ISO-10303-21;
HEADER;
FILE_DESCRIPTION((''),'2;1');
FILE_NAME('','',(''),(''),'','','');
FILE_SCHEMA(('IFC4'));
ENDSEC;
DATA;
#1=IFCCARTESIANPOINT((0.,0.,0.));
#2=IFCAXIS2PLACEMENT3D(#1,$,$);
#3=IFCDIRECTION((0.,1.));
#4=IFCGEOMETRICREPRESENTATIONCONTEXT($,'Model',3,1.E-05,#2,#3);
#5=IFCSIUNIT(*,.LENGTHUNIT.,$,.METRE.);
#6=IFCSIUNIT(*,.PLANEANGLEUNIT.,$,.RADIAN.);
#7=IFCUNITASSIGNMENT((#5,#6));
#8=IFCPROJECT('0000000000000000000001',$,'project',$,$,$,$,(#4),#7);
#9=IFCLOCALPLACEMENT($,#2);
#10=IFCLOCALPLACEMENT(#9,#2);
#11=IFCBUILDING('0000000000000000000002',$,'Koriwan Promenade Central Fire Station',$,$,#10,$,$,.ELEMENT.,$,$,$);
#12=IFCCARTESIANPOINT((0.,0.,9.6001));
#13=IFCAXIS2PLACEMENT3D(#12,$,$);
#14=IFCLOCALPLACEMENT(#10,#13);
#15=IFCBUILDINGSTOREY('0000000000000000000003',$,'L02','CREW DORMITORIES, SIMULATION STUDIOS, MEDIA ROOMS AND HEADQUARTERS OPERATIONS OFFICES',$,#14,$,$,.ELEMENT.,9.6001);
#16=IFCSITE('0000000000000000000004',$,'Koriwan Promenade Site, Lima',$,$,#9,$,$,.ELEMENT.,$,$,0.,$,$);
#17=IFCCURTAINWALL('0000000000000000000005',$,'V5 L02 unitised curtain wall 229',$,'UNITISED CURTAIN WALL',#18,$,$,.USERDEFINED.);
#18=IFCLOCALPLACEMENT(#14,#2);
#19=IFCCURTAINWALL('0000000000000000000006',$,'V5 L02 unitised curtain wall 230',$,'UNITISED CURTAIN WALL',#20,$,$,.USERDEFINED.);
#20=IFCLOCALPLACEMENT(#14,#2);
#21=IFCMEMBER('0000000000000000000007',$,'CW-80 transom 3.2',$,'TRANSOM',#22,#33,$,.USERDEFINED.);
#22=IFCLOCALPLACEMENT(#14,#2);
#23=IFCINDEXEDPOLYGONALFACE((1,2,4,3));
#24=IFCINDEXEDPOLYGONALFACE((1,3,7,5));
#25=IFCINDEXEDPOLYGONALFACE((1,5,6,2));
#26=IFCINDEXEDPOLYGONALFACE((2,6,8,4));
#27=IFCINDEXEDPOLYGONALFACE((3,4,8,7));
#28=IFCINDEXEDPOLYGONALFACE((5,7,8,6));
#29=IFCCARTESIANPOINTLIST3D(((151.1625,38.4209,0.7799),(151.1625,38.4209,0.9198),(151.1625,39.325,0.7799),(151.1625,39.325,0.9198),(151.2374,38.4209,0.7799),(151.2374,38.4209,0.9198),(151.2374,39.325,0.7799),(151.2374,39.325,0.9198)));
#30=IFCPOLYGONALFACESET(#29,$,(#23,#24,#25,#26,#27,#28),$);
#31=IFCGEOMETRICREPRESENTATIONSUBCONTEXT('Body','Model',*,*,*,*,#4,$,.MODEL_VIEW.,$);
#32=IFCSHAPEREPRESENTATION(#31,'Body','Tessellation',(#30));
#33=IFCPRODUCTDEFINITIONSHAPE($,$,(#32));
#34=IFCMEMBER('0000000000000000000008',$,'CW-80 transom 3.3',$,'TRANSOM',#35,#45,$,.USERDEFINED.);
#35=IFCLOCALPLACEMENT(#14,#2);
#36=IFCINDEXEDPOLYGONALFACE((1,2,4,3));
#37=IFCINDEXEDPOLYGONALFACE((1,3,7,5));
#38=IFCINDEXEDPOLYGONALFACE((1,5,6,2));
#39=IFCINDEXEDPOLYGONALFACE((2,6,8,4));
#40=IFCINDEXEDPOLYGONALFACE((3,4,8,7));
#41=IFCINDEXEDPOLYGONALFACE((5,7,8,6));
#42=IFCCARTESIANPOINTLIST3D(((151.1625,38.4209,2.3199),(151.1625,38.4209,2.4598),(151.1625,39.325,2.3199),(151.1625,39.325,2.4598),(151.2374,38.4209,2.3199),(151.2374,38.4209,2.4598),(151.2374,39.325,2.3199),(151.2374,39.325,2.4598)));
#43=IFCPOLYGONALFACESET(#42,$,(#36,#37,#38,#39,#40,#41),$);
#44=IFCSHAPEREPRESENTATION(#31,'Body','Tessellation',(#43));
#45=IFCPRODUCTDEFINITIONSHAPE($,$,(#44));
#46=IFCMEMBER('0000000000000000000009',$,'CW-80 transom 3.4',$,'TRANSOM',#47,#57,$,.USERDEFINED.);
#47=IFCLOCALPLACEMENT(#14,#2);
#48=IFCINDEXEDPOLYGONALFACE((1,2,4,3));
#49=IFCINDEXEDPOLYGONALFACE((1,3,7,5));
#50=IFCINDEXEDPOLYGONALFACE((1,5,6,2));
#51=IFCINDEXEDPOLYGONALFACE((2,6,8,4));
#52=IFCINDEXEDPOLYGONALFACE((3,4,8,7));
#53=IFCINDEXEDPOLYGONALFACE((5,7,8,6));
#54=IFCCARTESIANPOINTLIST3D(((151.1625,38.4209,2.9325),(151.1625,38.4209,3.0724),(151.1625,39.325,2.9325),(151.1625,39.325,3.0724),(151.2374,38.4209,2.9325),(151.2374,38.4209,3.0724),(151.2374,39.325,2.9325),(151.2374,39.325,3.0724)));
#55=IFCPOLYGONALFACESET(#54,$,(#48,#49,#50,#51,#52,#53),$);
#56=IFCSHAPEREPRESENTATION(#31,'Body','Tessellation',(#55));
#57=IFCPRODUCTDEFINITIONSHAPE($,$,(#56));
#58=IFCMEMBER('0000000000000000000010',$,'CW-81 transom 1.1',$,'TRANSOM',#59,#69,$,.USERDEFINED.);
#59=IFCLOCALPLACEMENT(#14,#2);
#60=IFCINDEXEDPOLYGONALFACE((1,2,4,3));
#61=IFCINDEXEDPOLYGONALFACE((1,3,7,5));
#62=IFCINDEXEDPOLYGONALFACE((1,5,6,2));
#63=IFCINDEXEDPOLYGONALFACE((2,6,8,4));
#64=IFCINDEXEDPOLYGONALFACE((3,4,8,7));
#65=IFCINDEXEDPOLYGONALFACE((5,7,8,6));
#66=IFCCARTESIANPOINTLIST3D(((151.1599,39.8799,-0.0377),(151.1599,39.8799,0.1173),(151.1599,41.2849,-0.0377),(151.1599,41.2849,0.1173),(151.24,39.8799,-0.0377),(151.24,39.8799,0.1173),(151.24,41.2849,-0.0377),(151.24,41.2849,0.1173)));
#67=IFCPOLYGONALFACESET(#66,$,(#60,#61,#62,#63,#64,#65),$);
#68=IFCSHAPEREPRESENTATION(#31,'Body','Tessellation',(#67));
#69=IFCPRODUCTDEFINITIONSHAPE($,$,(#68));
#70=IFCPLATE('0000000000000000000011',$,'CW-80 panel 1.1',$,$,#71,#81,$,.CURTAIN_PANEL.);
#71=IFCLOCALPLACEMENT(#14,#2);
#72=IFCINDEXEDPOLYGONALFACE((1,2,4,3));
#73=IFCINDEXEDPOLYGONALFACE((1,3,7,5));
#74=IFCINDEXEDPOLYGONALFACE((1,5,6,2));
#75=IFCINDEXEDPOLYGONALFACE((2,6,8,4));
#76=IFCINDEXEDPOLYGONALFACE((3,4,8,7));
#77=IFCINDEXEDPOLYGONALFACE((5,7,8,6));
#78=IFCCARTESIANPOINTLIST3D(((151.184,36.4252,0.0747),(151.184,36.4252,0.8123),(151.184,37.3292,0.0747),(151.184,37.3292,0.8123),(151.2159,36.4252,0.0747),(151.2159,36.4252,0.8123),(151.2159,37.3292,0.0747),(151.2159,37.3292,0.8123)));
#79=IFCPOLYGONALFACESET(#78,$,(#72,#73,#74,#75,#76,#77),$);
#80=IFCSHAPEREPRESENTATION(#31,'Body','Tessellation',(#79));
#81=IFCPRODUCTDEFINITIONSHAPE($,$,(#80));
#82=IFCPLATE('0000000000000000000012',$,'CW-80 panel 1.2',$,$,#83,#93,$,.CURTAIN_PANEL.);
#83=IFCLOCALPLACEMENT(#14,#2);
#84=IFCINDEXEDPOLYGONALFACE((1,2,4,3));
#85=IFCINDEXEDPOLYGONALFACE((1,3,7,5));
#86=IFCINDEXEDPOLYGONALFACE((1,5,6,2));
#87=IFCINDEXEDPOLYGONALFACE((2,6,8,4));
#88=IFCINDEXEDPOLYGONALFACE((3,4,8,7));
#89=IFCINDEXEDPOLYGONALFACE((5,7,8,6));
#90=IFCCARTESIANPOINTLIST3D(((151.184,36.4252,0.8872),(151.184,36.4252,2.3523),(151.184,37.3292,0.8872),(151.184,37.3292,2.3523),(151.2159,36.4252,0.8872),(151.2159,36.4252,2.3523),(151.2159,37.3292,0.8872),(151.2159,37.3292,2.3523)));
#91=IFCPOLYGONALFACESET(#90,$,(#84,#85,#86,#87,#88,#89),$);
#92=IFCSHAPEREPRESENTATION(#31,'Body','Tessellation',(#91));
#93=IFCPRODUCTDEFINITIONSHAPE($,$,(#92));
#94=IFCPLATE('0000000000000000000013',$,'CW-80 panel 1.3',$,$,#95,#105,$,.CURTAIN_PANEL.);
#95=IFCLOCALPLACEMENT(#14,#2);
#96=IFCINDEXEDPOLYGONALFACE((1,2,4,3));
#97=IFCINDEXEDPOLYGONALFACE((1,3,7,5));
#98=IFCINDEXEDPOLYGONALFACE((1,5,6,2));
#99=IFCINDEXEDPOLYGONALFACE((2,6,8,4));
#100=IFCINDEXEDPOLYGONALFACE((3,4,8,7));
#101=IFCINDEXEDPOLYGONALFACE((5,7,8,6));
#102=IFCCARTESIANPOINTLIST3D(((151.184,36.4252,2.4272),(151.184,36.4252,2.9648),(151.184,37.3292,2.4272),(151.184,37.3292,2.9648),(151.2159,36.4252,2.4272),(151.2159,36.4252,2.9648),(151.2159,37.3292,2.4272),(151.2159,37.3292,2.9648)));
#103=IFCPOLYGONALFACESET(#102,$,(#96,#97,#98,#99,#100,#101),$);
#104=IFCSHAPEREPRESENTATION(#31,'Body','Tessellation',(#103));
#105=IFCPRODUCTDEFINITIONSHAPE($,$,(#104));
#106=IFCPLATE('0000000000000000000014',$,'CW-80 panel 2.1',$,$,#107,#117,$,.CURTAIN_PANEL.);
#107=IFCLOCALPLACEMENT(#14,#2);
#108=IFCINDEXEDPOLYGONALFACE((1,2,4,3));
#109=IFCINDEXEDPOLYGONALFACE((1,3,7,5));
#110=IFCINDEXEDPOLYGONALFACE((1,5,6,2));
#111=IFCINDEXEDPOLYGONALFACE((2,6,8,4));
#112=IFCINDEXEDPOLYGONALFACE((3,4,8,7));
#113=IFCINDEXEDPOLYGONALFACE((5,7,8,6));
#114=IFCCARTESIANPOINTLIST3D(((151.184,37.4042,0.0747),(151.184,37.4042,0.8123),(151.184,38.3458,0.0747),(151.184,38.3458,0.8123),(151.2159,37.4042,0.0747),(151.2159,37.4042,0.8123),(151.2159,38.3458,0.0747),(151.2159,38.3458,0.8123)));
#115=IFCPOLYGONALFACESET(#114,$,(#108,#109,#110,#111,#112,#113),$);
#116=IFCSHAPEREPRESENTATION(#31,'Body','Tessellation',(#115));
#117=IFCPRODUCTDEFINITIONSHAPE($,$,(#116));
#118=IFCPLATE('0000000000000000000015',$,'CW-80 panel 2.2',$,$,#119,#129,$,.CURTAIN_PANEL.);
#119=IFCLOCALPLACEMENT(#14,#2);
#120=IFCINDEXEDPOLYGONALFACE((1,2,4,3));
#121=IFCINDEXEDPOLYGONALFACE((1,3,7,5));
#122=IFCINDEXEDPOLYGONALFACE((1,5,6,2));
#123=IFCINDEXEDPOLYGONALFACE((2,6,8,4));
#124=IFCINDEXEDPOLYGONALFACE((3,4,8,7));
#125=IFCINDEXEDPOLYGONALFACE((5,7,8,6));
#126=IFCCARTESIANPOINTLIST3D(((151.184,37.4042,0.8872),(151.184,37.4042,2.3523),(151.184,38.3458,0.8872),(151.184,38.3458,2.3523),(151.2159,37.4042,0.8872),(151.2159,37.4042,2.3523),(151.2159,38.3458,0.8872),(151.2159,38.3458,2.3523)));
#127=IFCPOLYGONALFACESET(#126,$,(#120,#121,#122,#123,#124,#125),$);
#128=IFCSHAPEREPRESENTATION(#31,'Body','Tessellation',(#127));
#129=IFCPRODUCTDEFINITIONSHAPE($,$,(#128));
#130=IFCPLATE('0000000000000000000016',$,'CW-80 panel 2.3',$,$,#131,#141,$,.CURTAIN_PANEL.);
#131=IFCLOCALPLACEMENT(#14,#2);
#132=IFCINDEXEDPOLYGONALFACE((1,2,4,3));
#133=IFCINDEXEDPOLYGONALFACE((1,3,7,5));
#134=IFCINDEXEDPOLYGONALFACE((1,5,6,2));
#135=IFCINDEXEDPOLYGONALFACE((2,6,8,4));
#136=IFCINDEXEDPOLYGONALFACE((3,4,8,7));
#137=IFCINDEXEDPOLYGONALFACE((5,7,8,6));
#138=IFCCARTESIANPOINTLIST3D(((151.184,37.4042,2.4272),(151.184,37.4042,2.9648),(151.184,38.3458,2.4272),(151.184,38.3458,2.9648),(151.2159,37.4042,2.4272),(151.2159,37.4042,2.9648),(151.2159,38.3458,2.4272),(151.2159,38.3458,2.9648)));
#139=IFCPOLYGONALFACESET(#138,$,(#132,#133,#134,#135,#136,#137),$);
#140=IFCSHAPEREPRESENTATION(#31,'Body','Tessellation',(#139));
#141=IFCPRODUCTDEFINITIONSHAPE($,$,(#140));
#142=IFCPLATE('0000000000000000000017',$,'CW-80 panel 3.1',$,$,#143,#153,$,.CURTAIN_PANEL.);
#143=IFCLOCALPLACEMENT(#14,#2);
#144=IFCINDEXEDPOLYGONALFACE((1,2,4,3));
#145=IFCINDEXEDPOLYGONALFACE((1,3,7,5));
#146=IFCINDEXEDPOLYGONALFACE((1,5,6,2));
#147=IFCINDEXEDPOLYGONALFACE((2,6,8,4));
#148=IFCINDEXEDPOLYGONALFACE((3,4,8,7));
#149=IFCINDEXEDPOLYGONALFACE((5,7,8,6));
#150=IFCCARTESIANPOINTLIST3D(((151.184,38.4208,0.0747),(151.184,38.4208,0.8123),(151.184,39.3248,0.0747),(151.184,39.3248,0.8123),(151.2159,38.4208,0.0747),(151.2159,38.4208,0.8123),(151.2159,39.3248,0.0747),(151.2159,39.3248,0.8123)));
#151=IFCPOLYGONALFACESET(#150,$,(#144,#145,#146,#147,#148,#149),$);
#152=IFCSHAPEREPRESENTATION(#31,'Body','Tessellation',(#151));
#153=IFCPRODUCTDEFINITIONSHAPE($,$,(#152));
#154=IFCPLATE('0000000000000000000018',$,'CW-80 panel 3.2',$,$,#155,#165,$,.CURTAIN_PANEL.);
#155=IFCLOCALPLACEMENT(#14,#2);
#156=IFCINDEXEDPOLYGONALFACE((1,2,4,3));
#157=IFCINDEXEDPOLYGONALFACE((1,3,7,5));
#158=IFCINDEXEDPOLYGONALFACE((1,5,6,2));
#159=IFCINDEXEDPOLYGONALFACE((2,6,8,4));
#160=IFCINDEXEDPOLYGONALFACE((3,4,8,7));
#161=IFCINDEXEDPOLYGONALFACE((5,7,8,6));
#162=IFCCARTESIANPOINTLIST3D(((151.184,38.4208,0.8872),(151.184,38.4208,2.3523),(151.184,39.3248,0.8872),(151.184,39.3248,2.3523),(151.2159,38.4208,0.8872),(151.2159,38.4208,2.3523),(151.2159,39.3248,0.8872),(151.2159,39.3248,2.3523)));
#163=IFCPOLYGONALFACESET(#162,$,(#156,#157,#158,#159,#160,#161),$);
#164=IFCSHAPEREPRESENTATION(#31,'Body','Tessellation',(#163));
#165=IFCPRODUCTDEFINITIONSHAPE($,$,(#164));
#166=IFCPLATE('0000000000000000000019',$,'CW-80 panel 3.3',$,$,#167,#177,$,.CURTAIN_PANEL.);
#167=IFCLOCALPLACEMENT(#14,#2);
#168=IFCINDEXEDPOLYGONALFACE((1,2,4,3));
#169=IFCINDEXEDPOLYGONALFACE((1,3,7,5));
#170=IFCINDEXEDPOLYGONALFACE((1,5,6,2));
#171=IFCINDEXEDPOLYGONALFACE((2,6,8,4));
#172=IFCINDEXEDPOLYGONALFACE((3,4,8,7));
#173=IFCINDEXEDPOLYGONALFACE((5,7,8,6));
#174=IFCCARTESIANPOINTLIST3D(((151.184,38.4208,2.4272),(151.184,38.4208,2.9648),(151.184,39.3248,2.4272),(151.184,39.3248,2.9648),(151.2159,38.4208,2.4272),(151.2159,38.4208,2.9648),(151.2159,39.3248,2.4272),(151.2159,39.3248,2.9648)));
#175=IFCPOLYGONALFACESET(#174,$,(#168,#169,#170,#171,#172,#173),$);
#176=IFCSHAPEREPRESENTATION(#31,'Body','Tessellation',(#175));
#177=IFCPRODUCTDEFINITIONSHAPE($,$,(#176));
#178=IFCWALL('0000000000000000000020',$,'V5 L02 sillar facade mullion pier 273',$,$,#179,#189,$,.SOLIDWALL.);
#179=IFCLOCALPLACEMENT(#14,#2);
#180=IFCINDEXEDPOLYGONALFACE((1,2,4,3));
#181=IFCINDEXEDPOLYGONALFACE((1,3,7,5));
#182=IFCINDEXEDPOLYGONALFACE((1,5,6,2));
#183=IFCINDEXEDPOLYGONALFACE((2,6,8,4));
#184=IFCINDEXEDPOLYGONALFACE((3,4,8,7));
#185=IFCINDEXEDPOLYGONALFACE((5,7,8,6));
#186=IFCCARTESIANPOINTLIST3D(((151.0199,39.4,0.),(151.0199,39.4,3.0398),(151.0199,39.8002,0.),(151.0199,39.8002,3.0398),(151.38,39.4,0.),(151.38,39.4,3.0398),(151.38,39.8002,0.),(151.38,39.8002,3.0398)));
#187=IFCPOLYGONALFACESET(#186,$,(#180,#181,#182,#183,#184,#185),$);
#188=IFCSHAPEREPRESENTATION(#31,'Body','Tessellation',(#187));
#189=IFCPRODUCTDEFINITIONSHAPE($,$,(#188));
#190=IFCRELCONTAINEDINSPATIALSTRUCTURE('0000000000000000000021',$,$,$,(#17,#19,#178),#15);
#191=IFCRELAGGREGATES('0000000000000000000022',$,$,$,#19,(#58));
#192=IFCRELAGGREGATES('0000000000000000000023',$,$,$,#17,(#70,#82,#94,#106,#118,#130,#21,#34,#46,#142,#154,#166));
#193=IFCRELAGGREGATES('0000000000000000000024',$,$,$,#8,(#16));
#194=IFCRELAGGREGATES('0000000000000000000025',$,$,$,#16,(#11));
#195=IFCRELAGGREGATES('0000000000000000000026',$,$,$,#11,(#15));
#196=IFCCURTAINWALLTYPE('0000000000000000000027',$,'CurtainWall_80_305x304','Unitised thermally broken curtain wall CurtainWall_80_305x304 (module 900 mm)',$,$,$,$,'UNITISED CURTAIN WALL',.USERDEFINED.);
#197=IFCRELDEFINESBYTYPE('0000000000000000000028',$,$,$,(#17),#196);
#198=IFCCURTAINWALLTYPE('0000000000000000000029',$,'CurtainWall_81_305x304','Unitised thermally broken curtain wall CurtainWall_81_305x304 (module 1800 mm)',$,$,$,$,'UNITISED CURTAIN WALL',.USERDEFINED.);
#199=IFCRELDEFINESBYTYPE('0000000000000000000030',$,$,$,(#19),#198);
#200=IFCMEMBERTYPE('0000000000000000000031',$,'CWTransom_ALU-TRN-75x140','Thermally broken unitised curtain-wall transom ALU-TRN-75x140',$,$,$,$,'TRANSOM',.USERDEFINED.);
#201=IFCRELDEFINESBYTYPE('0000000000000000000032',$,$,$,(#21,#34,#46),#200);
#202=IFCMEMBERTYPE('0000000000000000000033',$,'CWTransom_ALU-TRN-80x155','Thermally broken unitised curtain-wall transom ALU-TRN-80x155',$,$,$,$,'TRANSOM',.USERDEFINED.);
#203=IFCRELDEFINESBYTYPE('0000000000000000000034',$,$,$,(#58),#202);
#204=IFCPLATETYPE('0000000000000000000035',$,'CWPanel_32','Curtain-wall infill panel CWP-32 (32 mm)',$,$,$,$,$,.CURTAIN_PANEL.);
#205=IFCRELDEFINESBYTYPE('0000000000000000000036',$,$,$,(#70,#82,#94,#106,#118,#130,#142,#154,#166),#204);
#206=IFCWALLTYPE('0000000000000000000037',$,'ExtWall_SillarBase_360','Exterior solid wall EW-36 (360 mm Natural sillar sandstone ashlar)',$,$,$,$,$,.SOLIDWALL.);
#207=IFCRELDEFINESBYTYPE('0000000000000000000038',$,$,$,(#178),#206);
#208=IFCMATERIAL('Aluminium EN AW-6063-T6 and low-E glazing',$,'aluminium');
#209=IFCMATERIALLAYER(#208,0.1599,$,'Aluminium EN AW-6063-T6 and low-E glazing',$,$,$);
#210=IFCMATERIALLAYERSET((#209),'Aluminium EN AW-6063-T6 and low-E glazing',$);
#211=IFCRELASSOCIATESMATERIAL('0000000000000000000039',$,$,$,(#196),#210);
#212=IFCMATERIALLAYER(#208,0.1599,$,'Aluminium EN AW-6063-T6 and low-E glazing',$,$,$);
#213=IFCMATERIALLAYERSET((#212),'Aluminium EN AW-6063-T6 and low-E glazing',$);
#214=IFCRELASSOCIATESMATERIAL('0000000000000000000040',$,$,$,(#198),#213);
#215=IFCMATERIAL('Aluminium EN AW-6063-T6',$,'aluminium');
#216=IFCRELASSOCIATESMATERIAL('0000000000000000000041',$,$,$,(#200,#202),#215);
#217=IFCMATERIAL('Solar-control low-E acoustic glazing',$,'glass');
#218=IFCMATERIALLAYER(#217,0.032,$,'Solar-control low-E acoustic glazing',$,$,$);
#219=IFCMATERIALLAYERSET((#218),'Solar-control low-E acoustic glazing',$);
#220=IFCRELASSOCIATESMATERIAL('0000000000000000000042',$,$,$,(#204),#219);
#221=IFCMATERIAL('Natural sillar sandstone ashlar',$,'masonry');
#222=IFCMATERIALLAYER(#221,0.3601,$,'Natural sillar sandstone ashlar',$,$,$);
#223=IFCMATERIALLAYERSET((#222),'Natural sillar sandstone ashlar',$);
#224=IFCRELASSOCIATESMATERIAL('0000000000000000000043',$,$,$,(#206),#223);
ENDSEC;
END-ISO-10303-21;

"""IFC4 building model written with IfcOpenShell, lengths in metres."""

from ifc_helpers import new_model, si_unit, direction, frame, frame_2d, origin, origin_2d, place, context, subcontext, project, spatial, rectangle, extrude, material, layer, layer_set, material_profile, profile_set, type_object, element, aggregate, save


model = new_model("IFC4")

# Units and contexts
model_context = context("Model", 3, precision=1e-05, world=origin(), true_north=direction((0.0, 1.0)))
body_context = subcontext(model_context, "Body", "Model", "MODEL_VIEW")
ifc_project = project(units=[si_unit("LENGTHUNIT", "METRE"), si_unit("PLANEANGLEUNIT", "RADIAN")], contexts=[model_context])

# Site, building, storey
site_placement = place(None, origin())
site = spatial("IfcSite", under=ifc_project, at=site_placement, Name="Koriwan Promenade Site, Lima", CompositionType="ELEMENT", RefElevation=0.0)
building_placement = place(site_placement, origin())
building = spatial("IfcBuilding", under=site, at=building_placement, Name="Koriwan Promenade Central Fire Station", CompositionType="ELEMENT")
storey_placement = place(building_placement, frame((0.0, 0.0, 9.6001)))
storey = spatial("IfcBuildingStorey", under=building, at=storey_placement, Name="L02", Description="CREW DORMITORIES, SIMULATION STUDIOS, MEDIA ROOMS AND HEADQUARTERS OPERATIONS OFFICES", CompositionType="ELEMENT", Elevation=9.6001)

# Curtain wall
ifc_material_1 = material(Name="Aluminium EN AW-6063-T6 and low-E glazing", Category="aluminium")
ifc_layer_1 = layer(ifc_material_1, 0.1599, Name="Aluminium EN AW-6063-T6 and low-E glazing")
ifc_layer_set_1 = layer_set([ifc_layer_1], Name="Aluminium EN AW-6063-T6 and low-E glazing")
curtain_wall_type_1 = type_object("IfcCurtainWallType", Name="CurtainWall_80_305x304", Description="Unitised thermally broken curtain wall CurtainWall_80_305x304 (module 900 mm)", ElementType="UNITISED CURTAIN WALL", PredefinedType="USERDEFINED", material=ifc_layer_set_1)
curtain_wall_1_placement = place(storey_placement, origin())
curtain_wall_1 = element("IfcCurtainWall", 1, at=curtain_wall_1_placement, inside=storey, type_object=curtain_wall_type_1, Name="V5 L02 unitised curtain wall 229", ObjectType="UNITISED CURTAIN WALL", PredefinedType="USERDEFINED")
ifc_material_2 = material(Name="Aluminium EN AW-6063-T6", Category="aluminium")

# Curtain wall
ifc_layer_2 = layer(ifc_material_1, 0.1599, Name="Aluminium EN AW-6063-T6 and low-E glazing")
ifc_layer_set_2 = layer_set([ifc_layer_2], Name="Aluminium EN AW-6063-T6 and low-E glazing")
curtain_wall_type_2 = type_object("IfcCurtainWallType", Name="CurtainWall_81_305x304", Description="Unitised thermally broken curtain wall CurtainWall_81_305x304 (module 1800 mm)", ElementType="UNITISED CURTAIN WALL", PredefinedType="USERDEFINED", material=ifc_layer_set_2)
curtain_wall_2_placement = place(storey_placement, origin())
curtain_wall_2 = element("IfcCurtainWall", 2, at=curtain_wall_2_placement, inside=storey, type_object=curtain_wall_type_2, Name="V5 L02 unitised curtain wall 230", ObjectType="UNITISED CURTAIN WALL", PredefinedType="USERDEFINED")

# Members
ifc_material_profile_1 = material_profile(ifc_material_2, rectangle(XDim=0.075, YDim=0.1399, at=origin_2d()), Name="ALU-TRN-75x140")
ifc_profile_set_1 = profile_set([ifc_material_profile_1], Name="Aluminium EN AW-6063-T6")
member_type_1 = type_object("IfcMemberType", Name="CWTransom_ALU-TRN-75x140", Description="Thermally broken unitised curtain-wall transom ALU-TRN-75x140", ElementType="TRANSOM", PredefinedType="USERDEFINED", material=ifc_profile_set_1)
member_1_placement = place(storey_placement, frame((151.2, 38.4209, 0.8499), z_axis=(0.0, 1.0, 0.0), x_axis=(-1.0, 0.0, 0.0)))
member_1 = element("IfcMember", 3, at=member_1_placement, type_object=member_type_1, Name="CW-80 transom 3.2", ObjectType="TRANSOM", PredefinedType="USERDEFINED", context=body_context, shape_type="SweptSolid", body=[
    extrude(rectangle(XDim=0.075, YDim=0.1399, at=origin_2d()), origin(), (0.0, 0.0, 1.0), 0.9041),
])
member_2_placement = place(storey_placement, frame((151.2, 38.4209, 2.3899), z_axis=(0.0, 1.0, 0.0), x_axis=(-1.0, 0.0, 0.0)))
member_2 = element("IfcMember", 4, at=member_2_placement, type_object=member_type_1, Name="CW-80 transom 3.3", ObjectType="TRANSOM", PredefinedType="USERDEFINED", context=body_context, shape_type="SweptSolid", body=[
    extrude(rectangle(XDim=0.075, YDim=0.1399, at=origin_2d()), origin(), (0.0, 0.0, 1.0), 0.9041),
])
member_3_placement = place(storey_placement, frame((151.2, 38.4209, 3.0024), z_axis=(0.0, 1.0, 0.0), x_axis=(-1.0, 0.0, 0.0)))
member_3 = element("IfcMember", 5, at=member_3_placement, type_object=member_type_1, Name="CW-80 transom 3.4", ObjectType="TRANSOM", PredefinedType="USERDEFINED", context=body_context, shape_type="SweptSolid", body=[
    extrude(rectangle(XDim=0.075, YDim=0.1399, at=origin_2d()), origin(), (0.0, 0.0, 1.0), 0.9041),
])
ifc_material_profile_2 = material_profile(ifc_material_2, rectangle(XDim=0.0801, YDim=0.155, at=origin_2d()), Name="ALU-TRN-80x155")
ifc_profile_set_2 = profile_set([ifc_material_profile_2], Name="Aluminium EN AW-6063-T6")
member_type_2 = type_object("IfcMemberType", Name="CWTransom_ALU-TRN-80x155", Description="Thermally broken unitised curtain-wall transom ALU-TRN-80x155", ElementType="TRANSOM", PredefinedType="USERDEFINED", material=ifc_profile_set_2)
member_4_placement = place(storey_placement, frame((151.2, 39.8799, 0.0398), z_axis=(0.0, 1.0, 0.0), x_axis=(-1.0, 0.0, 0.0)))
member_4 = element("IfcMember", 6, at=member_4_placement, type_object=member_type_2, Name="CW-81 transom 1.1", ObjectType="TRANSOM", PredefinedType="USERDEFINED", context=body_context, shape_type="SweptSolid", body=[
    extrude(rectangle(XDim=0.0801, YDim=0.155, at=origin_2d()), origin(), (0.0, 0.0, 1.0), 1.405),
])
aggregate(curtain_wall_2, [member_4])

# Plates
ifc_material_3 = material(Name="Solar-control low-E acoustic glazing", Category="glass")
ifc_layer_3 = layer(ifc_material_3, 0.032, Name="Solar-control low-E acoustic glazing")
ifc_layer_set_3 = layer_set([ifc_layer_3], Name="Solar-control low-E acoustic glazing")
plate_type = type_object("IfcPlateType", Name="CWPanel_32", Description="Curtain-wall infill panel CWP-32 (32 mm)", PredefinedType="CURTAIN_PANEL", material=ifc_layer_set_3)
plate_1_placement = place(storey_placement, frame((151.2, 36.8772, 0.0747), z_axis=(0.0, 0.0, 1.0), x_axis=(0.0, 1.0, 0.0)))
plate_1 = element("IfcPlate", 7, at=plate_1_placement, type_object=plate_type, Name="CW-80 panel 1.1", PredefinedType="CURTAIN_PANEL", context=body_context, shape_type="SweptSolid", body=[
    extrude(rectangle(XDim=0.9041, YDim=0.032, at=origin_2d()), origin(), (0.0, 0.0, 1.0), 0.7375),
])
plate_2_placement = place(storey_placement, frame((151.2, 36.8772, 0.8872), z_axis=(0.0, 0.0, 1.0), x_axis=(0.0, 1.0, 0.0)))
plate_2 = element("IfcPlate", 8, at=plate_2_placement, type_object=plate_type, Name="CW-80 panel 1.2", PredefinedType="CURTAIN_PANEL", context=body_context, shape_type="SweptSolid", body=[
    extrude(rectangle(XDim=0.9041, YDim=0.032, at=origin_2d()), origin(), (0.0, 0.0, 1.0), 1.4651),
])
plate_3_placement = place(storey_placement, frame((151.2, 36.8772, 2.4272), z_axis=(0.0, 0.0, 1.0), x_axis=(0.0, 1.0, 0.0)))
plate_3 = element("IfcPlate", 9, at=plate_3_placement, type_object=plate_type, Name="CW-80 panel 1.3", PredefinedType="CURTAIN_PANEL", context=body_context, shape_type="SweptSolid", body=[
    extrude(rectangle(XDim=0.9041, YDim=0.032, at=origin_2d()), origin(), (0.0, 0.0, 1.0), 0.5376),
])
plate_4_placement = place(storey_placement, frame((151.2, 37.875, 0.0747), z_axis=(0.0, 0.0, 1.0), x_axis=(0.0, 1.0, 0.0)))
plate_4 = element("IfcPlate", 10, at=plate_4_placement, type_object=plate_type, Name="CW-80 panel 2.1", PredefinedType="CURTAIN_PANEL", context=body_context, shape_type="SweptSolid", body=[
    extrude(rectangle(XDim=0.9417, YDim=0.032, at=origin_2d()), origin(), (0.0, 0.0, 1.0), 0.7375),
])
plate_5_placement = place(storey_placement, frame((151.2, 37.875, 0.8872), z_axis=(0.0, 0.0, 1.0), x_axis=(0.0, 1.0, 0.0)))
plate_5 = element("IfcPlate", 11, at=plate_5_placement, type_object=plate_type, Name="CW-80 panel 2.2", PredefinedType="CURTAIN_PANEL", context=body_context, shape_type="SweptSolid", body=[
    extrude(rectangle(XDim=0.9417, YDim=0.032, at=origin_2d()), origin(), (0.0, 0.0, 1.0), 1.4651),
])
plate_6_placement = place(storey_placement, frame((151.2, 37.875, 2.4272), z_axis=(0.0, 0.0, 1.0), x_axis=(0.0, 1.0, 0.0)))
plate_6 = element("IfcPlate", 12, at=plate_6_placement, type_object=plate_type, Name="CW-80 panel 2.3", PredefinedType="CURTAIN_PANEL", context=body_context, shape_type="SweptSolid", body=[
    extrude(rectangle(XDim=0.9417, YDim=0.032, at=origin_2d()), origin(), (0.0, 0.0, 1.0), 0.5376),
])
plate_7_placement = place(storey_placement, frame((151.2, 38.8728, 0.0747), z_axis=(0.0, 0.0, 1.0), x_axis=(0.0, 1.0, 0.0)))
plate_7 = element("IfcPlate", 13, at=plate_7_placement, type_object=plate_type, Name="CW-80 panel 3.1", PredefinedType="CURTAIN_PANEL", context=body_context, shape_type="SweptSolid", body=[
    extrude(rectangle(XDim=0.9041, YDim=0.032, at=origin_2d()), origin(), (0.0, 0.0, 1.0), 0.7375),
])
plate_8_placement = place(storey_placement, frame((151.2, 38.8728, 0.8872), z_axis=(0.0, 0.0, 1.0), x_axis=(0.0, 1.0, 0.0)))
plate_8 = element("IfcPlate", 14, at=plate_8_placement, type_object=plate_type, Name="CW-80 panel 3.2", PredefinedType="CURTAIN_PANEL", context=body_context, shape_type="SweptSolid", body=[
    extrude(rectangle(XDim=0.9041, YDim=0.032, at=origin_2d()), origin(), (0.0, 0.0, 1.0), 1.4651),
])
plate_9_placement = place(storey_placement, frame((151.2, 38.8728, 2.4272), z_axis=(0.0, 0.0, 1.0), x_axis=(0.0, 1.0, 0.0)))
plate_9 = element("IfcPlate", 15, at=plate_9_placement, type_object=plate_type, Name="CW-80 panel 3.3", PredefinedType="CURTAIN_PANEL", context=body_context, shape_type="SweptSolid", body=[
    extrude(rectangle(XDim=0.9041, YDim=0.032, at=origin_2d()), origin(), (0.0, 0.0, 1.0), 0.5376),
])
aggregate(curtain_wall_1, [plate_1, plate_2, plate_3, plate_4, plate_5, plate_6, member_1, member_2, member_3, plate_7, plate_8, plate_9])

# Wall
ifc_material_4 = material(Name="Natural sillar sandstone ashlar", Category="masonry")
ifc_layer_4 = layer(ifc_material_4, 0.3601, Name="Natural sillar sandstone ashlar")
ifc_layer_set_4 = layer_set([ifc_layer_4], Name="Natural sillar sandstone ashlar")
wall_type = type_object("IfcWallType", Name="ExtWall_SillarBase_360", Description="Exterior solid wall EW-36 (360 mm Natural sillar sandstone ashlar)", PredefinedType="SOLIDWALL", material=ifc_layer_set_4)
wall_placement = place(storey_placement, frame((151.2, 39.3999, 0.0), z_axis=(0.0, 0.0, 1.0), x_axis=(0.0, 1.0, 0.0)))
element("IfcWall", 16, at=wall_placement, inside=storey, type_object=wall_type, Name="V5 L02 sillar facade mullion pier 273", PredefinedType="SOLIDWALL", context=body_context, shape_type="SweptSolid", body=[
    extrude(rectangle(XDim=0.4001, YDim=0.3601, at=frame_2d((0.2002, 0.0))), origin(), (0.0, 0.0, 1.0), 3.0398),
])

save(model, "model.ifc")
